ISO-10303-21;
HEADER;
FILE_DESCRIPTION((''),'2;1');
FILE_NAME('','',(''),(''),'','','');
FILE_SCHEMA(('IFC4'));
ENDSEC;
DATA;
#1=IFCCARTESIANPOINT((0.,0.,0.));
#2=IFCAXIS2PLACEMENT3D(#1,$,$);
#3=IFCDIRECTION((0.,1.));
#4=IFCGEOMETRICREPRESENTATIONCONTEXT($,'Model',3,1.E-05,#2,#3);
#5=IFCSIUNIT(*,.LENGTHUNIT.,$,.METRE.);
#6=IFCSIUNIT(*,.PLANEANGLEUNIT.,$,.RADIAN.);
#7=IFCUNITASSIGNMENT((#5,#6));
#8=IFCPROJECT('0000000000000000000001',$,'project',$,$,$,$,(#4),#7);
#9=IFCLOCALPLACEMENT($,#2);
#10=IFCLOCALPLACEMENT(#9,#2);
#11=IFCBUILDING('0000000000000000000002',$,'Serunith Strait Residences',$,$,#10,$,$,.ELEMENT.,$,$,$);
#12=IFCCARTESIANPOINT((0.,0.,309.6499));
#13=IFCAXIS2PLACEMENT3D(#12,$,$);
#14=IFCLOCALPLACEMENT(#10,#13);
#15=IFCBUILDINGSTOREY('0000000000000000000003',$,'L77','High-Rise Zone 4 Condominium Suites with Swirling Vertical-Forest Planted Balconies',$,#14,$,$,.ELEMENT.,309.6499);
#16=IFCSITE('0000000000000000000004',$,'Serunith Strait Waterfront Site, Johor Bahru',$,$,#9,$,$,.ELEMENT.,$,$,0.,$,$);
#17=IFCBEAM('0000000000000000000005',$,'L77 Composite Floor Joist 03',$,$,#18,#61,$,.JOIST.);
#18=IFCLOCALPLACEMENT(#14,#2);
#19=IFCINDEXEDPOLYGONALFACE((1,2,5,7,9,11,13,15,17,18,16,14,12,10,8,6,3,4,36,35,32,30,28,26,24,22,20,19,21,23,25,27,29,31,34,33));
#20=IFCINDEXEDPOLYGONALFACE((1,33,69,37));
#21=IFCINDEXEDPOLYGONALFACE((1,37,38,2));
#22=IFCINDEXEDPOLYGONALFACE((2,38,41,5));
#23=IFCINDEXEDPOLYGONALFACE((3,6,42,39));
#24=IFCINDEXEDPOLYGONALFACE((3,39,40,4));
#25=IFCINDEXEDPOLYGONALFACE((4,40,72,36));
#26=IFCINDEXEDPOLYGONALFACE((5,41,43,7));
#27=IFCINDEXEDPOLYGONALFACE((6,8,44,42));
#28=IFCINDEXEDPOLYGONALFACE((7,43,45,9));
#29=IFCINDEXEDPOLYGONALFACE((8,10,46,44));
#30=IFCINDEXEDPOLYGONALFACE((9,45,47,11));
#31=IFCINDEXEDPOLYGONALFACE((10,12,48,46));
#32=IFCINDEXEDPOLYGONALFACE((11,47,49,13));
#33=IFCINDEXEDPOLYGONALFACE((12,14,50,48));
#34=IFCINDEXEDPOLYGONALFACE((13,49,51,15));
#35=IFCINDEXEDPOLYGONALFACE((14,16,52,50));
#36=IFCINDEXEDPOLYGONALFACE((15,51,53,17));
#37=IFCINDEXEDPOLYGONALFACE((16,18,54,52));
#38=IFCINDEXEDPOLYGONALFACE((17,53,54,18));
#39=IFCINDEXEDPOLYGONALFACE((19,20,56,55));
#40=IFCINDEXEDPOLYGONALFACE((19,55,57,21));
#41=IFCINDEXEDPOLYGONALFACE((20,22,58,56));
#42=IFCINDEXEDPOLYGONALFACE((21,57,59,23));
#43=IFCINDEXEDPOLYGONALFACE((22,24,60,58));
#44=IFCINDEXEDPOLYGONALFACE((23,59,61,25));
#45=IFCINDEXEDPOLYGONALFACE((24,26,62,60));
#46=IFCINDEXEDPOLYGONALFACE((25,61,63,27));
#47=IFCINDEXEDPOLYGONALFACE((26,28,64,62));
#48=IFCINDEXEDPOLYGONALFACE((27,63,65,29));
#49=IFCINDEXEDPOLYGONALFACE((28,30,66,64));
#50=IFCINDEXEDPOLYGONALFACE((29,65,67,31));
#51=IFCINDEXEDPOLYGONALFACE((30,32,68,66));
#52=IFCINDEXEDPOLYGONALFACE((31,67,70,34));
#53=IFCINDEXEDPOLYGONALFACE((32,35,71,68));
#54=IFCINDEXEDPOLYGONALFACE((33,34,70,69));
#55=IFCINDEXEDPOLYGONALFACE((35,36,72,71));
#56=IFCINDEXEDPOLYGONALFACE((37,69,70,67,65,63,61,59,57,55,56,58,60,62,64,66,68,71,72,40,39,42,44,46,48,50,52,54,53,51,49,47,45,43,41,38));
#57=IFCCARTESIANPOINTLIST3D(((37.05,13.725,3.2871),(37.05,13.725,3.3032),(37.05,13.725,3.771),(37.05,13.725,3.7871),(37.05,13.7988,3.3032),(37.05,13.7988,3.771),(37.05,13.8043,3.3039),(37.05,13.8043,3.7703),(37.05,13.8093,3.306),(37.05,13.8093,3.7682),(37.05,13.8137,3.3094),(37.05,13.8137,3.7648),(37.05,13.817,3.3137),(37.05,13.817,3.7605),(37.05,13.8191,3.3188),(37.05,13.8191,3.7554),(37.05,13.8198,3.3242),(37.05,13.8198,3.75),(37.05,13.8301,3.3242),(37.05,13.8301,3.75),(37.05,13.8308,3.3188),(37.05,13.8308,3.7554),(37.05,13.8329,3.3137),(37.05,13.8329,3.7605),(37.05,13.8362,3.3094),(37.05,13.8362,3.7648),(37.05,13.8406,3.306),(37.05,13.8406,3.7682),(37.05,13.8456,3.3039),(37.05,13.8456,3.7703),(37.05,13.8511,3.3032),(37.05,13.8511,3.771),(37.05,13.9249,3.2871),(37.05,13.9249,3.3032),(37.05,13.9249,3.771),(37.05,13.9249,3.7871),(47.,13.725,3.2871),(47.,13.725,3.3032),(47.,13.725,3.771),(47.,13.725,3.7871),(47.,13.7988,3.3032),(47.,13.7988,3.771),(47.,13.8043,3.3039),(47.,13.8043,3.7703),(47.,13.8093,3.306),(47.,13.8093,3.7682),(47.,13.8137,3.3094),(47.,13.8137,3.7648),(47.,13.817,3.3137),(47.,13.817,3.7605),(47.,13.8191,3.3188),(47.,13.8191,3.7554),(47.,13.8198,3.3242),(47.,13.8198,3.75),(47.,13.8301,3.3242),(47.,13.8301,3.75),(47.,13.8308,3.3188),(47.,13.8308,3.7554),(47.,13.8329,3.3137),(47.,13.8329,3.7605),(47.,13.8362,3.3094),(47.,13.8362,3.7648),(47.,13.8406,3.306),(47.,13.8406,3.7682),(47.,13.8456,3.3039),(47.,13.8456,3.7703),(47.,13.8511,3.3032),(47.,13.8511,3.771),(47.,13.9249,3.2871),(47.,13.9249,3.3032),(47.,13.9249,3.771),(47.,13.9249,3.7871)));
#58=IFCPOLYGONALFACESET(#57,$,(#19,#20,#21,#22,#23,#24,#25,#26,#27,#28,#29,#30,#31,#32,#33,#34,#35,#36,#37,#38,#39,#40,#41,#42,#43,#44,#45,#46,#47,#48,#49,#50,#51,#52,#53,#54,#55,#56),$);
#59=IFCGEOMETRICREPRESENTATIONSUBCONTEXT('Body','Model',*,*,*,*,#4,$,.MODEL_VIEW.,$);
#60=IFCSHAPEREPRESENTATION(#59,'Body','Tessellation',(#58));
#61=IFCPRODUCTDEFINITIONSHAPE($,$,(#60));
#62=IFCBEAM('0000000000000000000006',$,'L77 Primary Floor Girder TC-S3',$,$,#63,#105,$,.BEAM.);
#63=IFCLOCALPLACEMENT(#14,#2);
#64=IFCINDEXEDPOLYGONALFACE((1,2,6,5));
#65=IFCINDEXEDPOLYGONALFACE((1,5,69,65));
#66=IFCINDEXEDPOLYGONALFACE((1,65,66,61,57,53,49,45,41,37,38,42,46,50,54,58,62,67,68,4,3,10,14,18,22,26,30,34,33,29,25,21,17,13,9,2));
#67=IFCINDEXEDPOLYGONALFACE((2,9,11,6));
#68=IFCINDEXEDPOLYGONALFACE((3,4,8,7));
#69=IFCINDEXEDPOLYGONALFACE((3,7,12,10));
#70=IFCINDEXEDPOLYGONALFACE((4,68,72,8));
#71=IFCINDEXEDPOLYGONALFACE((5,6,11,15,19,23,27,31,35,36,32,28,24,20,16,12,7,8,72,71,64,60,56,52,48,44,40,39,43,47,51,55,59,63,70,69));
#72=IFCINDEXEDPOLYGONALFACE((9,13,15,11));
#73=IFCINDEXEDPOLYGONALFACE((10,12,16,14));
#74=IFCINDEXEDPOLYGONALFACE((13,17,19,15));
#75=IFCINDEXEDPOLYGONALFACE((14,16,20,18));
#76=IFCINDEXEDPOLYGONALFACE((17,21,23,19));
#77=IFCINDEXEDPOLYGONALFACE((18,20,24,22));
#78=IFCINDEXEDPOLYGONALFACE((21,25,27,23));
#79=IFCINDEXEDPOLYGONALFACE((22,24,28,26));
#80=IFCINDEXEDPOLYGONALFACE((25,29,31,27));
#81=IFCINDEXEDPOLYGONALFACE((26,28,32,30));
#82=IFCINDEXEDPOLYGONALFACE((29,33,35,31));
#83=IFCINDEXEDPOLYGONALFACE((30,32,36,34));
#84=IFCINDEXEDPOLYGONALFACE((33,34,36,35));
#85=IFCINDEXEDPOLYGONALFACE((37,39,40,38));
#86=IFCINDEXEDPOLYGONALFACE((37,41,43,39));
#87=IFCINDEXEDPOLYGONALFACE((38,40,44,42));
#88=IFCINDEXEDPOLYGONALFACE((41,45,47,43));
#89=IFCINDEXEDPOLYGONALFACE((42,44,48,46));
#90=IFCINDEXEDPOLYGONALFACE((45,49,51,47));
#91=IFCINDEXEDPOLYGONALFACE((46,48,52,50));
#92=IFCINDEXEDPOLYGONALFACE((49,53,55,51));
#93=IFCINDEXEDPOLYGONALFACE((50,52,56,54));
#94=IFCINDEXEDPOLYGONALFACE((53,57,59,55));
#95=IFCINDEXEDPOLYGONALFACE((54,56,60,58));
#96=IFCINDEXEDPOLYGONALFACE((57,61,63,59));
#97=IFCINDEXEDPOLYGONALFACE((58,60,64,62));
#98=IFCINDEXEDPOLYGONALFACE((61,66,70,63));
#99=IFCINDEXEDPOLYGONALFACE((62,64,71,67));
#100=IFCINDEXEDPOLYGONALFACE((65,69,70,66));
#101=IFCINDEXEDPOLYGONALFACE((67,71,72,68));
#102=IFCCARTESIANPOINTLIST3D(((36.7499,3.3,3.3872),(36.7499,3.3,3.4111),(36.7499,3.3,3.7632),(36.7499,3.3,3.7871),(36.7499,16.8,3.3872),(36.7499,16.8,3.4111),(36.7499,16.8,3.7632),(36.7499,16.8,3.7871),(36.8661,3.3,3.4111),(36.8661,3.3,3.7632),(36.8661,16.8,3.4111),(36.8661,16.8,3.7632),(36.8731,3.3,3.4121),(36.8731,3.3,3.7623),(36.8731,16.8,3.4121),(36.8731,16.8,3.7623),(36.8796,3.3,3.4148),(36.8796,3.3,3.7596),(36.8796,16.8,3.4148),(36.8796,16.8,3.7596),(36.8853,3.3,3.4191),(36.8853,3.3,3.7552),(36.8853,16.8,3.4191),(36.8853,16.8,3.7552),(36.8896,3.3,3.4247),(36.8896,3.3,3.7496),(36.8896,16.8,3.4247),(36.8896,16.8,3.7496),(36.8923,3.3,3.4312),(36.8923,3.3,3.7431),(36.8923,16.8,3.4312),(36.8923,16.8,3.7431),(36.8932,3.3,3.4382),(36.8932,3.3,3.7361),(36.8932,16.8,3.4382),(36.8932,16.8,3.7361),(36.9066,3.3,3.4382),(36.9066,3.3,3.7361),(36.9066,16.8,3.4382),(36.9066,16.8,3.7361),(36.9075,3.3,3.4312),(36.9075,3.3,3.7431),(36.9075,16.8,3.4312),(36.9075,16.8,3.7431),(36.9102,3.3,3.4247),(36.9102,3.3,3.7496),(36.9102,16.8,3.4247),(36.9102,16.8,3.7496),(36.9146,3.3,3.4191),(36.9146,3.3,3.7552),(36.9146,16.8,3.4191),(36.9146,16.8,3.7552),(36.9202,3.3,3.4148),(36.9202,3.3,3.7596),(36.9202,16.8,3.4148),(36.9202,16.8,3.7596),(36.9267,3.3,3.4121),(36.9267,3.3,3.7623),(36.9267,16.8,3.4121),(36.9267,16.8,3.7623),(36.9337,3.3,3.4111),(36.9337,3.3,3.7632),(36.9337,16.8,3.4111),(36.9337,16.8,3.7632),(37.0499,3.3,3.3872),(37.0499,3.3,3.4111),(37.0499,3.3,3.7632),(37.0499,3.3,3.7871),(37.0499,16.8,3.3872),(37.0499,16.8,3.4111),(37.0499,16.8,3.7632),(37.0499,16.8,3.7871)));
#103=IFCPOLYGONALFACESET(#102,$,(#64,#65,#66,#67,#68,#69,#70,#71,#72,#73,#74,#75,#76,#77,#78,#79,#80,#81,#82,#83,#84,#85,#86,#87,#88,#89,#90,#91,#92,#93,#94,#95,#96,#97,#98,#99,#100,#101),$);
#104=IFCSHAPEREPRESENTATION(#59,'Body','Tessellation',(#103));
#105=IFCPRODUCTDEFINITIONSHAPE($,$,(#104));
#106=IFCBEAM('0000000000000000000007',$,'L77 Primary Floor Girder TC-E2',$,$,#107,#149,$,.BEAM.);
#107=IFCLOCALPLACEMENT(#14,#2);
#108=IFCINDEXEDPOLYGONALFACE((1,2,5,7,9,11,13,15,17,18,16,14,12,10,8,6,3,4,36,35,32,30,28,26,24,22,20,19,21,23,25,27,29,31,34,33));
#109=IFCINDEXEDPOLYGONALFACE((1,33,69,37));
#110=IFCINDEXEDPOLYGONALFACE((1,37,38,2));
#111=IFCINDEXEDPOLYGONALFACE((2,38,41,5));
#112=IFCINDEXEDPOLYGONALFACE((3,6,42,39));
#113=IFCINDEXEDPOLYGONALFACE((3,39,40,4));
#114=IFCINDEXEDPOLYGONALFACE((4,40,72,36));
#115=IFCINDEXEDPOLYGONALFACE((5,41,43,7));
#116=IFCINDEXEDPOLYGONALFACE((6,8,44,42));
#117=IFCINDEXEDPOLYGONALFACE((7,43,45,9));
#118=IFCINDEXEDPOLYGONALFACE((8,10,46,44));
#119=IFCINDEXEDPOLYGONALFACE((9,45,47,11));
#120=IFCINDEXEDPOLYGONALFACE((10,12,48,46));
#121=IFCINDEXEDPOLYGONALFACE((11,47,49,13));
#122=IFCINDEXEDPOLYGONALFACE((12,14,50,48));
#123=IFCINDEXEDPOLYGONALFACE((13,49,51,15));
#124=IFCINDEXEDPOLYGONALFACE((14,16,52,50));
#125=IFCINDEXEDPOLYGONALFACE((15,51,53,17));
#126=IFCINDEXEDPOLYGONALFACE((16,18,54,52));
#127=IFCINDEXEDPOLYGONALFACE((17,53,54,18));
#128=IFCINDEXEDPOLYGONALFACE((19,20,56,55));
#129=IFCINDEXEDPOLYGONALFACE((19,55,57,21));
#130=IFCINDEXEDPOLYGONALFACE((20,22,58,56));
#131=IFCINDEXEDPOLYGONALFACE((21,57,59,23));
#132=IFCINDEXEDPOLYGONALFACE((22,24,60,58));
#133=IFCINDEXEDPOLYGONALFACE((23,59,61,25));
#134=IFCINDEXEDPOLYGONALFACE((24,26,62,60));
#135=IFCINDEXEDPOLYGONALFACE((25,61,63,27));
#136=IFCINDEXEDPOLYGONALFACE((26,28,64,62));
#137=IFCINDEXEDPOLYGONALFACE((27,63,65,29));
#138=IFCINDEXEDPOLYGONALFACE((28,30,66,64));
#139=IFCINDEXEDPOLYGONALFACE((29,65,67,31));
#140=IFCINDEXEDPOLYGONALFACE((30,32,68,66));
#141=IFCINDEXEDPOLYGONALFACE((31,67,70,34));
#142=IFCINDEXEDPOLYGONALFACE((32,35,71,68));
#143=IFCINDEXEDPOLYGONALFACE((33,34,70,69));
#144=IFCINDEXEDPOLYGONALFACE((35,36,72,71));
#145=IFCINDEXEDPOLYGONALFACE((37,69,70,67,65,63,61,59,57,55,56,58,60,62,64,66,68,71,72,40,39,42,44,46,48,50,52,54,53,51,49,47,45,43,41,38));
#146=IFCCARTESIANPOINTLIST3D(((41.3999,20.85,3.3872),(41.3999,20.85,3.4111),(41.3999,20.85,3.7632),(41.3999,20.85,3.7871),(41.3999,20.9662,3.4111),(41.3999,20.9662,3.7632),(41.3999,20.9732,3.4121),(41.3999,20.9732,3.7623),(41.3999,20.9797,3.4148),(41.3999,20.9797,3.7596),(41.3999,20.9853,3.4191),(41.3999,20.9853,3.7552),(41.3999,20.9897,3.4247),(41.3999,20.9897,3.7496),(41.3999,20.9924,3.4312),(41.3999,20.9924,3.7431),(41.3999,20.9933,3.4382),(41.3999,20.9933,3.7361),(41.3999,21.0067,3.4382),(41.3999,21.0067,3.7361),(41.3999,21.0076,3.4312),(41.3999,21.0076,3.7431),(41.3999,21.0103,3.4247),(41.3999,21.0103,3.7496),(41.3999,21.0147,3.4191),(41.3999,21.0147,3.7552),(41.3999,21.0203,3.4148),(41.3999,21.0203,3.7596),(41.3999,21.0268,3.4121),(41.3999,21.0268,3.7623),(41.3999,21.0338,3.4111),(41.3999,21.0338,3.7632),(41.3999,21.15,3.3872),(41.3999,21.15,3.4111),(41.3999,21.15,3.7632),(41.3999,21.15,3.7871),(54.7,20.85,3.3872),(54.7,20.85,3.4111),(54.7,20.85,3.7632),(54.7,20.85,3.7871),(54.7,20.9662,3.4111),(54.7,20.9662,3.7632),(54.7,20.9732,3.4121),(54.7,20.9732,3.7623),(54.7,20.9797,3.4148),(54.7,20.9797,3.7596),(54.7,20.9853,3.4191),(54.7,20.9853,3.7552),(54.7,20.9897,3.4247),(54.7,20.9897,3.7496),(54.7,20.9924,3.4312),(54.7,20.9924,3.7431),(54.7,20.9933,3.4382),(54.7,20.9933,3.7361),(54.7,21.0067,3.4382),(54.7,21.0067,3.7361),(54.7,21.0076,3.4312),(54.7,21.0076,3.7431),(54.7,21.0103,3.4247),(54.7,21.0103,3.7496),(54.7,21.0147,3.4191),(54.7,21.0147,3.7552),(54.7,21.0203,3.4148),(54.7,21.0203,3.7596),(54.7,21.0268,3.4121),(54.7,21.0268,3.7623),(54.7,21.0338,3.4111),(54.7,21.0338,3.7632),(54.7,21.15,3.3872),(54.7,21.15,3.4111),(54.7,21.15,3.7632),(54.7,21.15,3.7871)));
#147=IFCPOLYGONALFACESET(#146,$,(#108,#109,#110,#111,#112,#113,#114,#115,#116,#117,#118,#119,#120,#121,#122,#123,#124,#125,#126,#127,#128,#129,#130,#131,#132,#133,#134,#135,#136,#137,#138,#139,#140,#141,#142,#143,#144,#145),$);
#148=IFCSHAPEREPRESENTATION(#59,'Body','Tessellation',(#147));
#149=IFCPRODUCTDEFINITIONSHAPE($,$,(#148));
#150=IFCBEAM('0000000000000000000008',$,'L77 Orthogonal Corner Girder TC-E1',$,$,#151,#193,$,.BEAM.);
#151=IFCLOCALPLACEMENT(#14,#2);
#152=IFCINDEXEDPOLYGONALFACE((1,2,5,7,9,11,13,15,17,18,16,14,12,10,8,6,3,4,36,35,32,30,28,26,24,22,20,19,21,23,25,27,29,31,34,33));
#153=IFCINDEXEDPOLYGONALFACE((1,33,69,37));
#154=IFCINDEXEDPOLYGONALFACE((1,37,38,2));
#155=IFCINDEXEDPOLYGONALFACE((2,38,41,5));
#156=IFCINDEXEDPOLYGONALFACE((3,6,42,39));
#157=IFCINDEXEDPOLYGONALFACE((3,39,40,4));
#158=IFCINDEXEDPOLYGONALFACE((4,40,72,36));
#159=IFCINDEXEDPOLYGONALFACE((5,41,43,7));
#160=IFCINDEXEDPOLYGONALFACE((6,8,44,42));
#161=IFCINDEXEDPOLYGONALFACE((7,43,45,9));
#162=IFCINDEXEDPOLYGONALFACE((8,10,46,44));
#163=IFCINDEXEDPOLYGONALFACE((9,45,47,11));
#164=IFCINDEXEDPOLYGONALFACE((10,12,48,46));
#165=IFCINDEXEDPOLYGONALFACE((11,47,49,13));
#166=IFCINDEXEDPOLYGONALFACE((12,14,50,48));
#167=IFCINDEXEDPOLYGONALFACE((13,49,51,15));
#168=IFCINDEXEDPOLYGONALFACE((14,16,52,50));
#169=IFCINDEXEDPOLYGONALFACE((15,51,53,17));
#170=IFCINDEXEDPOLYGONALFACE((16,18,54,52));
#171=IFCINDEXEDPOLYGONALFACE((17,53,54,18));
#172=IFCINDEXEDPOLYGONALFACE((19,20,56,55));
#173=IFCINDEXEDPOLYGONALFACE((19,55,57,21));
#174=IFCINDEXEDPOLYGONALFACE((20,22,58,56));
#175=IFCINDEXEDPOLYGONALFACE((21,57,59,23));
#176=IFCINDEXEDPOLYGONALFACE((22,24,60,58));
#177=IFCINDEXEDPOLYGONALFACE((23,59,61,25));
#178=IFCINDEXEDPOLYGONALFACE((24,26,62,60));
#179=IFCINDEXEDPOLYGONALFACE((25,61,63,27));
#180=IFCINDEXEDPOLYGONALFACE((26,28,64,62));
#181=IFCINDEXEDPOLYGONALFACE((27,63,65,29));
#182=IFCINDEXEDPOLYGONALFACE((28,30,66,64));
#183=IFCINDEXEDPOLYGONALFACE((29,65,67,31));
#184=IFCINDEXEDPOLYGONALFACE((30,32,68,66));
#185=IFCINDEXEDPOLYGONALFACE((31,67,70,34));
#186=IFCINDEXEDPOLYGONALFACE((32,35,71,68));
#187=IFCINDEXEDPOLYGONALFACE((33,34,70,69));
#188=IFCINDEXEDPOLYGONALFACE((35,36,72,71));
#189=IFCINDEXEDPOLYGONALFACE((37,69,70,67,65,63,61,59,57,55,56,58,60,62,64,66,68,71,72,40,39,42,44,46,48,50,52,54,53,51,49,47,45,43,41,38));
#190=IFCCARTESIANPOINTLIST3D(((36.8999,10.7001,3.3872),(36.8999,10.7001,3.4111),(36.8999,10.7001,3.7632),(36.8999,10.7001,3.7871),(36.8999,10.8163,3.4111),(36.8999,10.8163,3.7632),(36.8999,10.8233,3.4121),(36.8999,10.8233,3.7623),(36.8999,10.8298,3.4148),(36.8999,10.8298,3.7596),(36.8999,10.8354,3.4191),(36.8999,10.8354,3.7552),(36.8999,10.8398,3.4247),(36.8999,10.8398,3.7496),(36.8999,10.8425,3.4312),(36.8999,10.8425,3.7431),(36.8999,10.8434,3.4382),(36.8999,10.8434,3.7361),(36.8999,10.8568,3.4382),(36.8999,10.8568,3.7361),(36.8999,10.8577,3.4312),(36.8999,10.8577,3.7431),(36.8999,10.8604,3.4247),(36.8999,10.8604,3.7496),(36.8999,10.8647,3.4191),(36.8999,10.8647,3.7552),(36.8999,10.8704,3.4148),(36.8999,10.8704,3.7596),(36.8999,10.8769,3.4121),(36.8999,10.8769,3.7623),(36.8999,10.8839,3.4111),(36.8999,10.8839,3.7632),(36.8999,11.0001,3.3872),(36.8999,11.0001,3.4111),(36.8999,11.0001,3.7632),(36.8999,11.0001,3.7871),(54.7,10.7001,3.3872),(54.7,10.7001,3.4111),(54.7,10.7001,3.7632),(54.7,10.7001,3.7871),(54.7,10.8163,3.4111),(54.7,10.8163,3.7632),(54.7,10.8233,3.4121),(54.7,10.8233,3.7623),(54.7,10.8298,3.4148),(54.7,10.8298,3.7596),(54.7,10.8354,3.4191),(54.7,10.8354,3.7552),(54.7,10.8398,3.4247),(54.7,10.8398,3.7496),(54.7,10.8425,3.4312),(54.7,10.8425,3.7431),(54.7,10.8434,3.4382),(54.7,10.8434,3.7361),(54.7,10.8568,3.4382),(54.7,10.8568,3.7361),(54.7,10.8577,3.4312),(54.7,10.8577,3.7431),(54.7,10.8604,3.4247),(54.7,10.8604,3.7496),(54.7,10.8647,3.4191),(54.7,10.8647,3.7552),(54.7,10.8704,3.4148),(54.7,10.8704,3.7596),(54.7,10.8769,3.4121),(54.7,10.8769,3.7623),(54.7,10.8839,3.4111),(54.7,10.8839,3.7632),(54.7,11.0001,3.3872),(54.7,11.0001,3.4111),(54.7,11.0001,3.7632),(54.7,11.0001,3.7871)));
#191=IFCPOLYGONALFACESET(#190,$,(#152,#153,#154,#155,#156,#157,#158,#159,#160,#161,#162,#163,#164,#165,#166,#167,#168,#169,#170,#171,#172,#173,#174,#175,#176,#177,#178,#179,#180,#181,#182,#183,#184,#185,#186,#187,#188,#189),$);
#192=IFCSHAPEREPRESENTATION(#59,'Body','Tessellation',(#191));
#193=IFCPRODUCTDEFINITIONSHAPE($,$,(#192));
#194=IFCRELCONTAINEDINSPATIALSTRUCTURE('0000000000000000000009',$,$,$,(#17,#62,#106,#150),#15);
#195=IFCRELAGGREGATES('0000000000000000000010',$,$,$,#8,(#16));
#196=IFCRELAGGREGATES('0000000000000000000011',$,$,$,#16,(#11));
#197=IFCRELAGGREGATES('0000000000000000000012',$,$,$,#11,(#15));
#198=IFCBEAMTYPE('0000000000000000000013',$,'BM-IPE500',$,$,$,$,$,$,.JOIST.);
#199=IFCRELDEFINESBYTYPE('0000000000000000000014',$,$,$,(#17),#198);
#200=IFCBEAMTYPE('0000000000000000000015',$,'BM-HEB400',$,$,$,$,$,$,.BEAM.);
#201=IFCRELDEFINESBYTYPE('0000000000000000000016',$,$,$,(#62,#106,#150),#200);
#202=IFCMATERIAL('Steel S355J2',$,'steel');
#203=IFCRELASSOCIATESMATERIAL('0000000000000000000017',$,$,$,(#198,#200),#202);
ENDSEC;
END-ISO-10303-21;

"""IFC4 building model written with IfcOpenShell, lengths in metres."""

from ifc_helpers import new_model, si_unit, direction, frame, origin, origin_2d, place, context, subcontext, project, spatial, i_section, extrude, source, transform, mapped, material, material_profile, profile_set, type_object, element, save


model = new_model("IFC4")

# Units and contexts
model_context = context("Model", 3, precision=1e-05, world=origin(), true_north=direction((0.0, 1.0)))
body_context = subcontext(model_context, "Body", "Model", "MODEL_VIEW")
ifc_project = project(units=[si_unit("LENGTHUNIT", "METRE"), si_unit("PLANEANGLEUNIT", "RADIAN")], contexts=[model_context])

# Site, building, storey
site_placement = place(None, origin())
site = spatial("IfcSite", under=ifc_project, at=site_placement, Name="Serunith Strait Waterfront Site, Johor Bahru", CompositionType="ELEMENT", RefElevation=0.0)
building_placement = place(site_placement, origin())
building = spatial("IfcBuilding", under=site, at=building_placement, Name="Serunith Strait Residences", CompositionType="ELEMENT")
storey_placement = place(building_placement, frame((0.0, 0.0, 309.6499)))
storey = spatial("IfcBuildingStorey", under=building, at=storey_placement, Name="L77", Description="High-Rise Zone 4 Condominium Suites with Swirling Vertical-Forest Planted Balconies", CompositionType="ELEMENT", Elevation=309.6499)

# Beams
ifc_material_1 = material(Name="Steel S355J2", Category="steel")
ifc_material_profile_1 = material_profile(ifc_material_1, i_section(OverallWidth=0.2, OverallDepth=0.5, WebThickness=0.0103, FlangeThickness=0.0161, FilletRadius=0.021, at=origin_2d()), Name="IPE 500")
ifc_profile_set_1 = profile_set([ifc_material_profile_1], Name="Steel S355J2")
beam_type_1 = type_object("IfcBeamType", Name="BM-IPE500", PredefinedType="JOIST", material=ifc_profile_set_1)
shared_shape_1 = source(origin(), body_context, "Body", "SweptSolid", [
    extrude(i_section(OverallWidth=0.2, OverallDepth=0.5, WebThickness=0.0103, FlangeThickness=0.0161, FilletRadius=0.021, at=origin_2d()), origin(), (0.0, 0.0, 1.0), 9.95),
])
beam_1_placement = place(storey_placement, frame((37.05, 13.825, 3.5371), z_axis=(1.0, 0.0, 0.0), x_axis=(0.0, 1.0, 0.0)))
element("IfcBeam", 1, at=beam_1_placement, inside=storey, type_object=beam_type_1, Name="L77 Composite Floor Joist 03", PredefinedType="JOIST", context=body_context, shape_type="MappedRepresentation", body=[
    mapped(shared_shape_1, transform((0.0, 0.0, 0.0), scale=1.0)),
])
ifc_material_profile_2 = material_profile(ifc_material_1, i_section(OverallWidth=0.3, OverallDepth=0.3999, WebThickness=0.0134, FlangeThickness=0.0239, FilletRadius=0.0271, at=origin_2d()), Name="HEB 400")
ifc_profile_set_2 = profile_set([ifc_material_profile_2], Name="Steel S355J2")
beam_type_2 = type_object("IfcBeamType", Name="BM-HEB400", PredefinedType="BEAM", material=ifc_profile_set_2)
shared_shape_2 = source(origin(), body_context, "Body", "SweptSolid", [
    extrude(i_section(OverallWidth=0.3, OverallDepth=0.3999, WebThickness=0.0134, FlangeThickness=0.0239, FilletRadius=0.0271, at=origin_2d()), origin(), (0.0, 0.0, 1.0), 13.5),
])
beam_2_placement = place(storey_placement, frame((36.8999, 16.8, 3.5872), z_axis=(0.0, -1.0, 0.0), x_axis=(1.0, 0.0, 0.0)))
element("IfcBeam", 2, at=beam_2_placement, inside=storey, type_object=beam_type_2, Name="L77 Primary Floor Girder TC-S3", PredefinedType="BEAM", context=body_context, shape_type="MappedRepresentation", body=[
    mapped(shared_shape_2, transform((0.0, 0.0, 0.0), scale=1.0)),
])
shared_shape_3 = source(origin(), body_context, "Body", "SweptSolid", [
    extrude(i_section(OverallWidth=0.3, OverallDepth=0.3999, WebThickness=0.0134, FlangeThickness=0.0239, FilletRadius=0.0271, at=origin_2d()), origin(), (0.0, 0.0, 1.0), 13.3),
])
beam_3_placement = place(storey_placement, frame((41.3999, 21.0, 3.5872), z_axis=(1.0, 0.0, 0.0), x_axis=(0.0, 1.0, 0.0)))
element("IfcBeam", 3, at=beam_3_placement, inside=storey, type_object=beam_type_2, Name="L77 Primary Floor Girder TC-E2", PredefinedType="BEAM", context=body_context, shape_type="MappedRepresentation", body=[
    mapped(shared_shape_3, transform((0.0, 0.0, 0.0), scale=1.0)),
])
shared_shape_4 = source(origin(), body_context, "Body", "SweptSolid", [
    extrude(i_section(OverallWidth=0.3, OverallDepth=0.3999, WebThickness=0.0134, FlangeThickness=0.0239, FilletRadius=0.0271, at=origin_2d()), origin(), (0.0, 0.0, 1.0), 17.8),
])
beam_4_placement = place(storey_placement, frame((36.8999, 10.8501, 3.5872), z_axis=(1.0, 0.0, 0.0), x_axis=(0.0, 1.0, 0.0)))
element("IfcBeam", 4, at=beam_4_placement, inside=storey, type_object=beam_type_2, Name="L77 Orthogonal Corner Girder TC-E1", PredefinedType="BEAM", context=body_context, shape_type="MappedRepresentation", body=[
    mapped(shared_shape_4, transform((0.0, 0.0, 0.0), scale=1.0)),
])

save(model, "model.ifc")
